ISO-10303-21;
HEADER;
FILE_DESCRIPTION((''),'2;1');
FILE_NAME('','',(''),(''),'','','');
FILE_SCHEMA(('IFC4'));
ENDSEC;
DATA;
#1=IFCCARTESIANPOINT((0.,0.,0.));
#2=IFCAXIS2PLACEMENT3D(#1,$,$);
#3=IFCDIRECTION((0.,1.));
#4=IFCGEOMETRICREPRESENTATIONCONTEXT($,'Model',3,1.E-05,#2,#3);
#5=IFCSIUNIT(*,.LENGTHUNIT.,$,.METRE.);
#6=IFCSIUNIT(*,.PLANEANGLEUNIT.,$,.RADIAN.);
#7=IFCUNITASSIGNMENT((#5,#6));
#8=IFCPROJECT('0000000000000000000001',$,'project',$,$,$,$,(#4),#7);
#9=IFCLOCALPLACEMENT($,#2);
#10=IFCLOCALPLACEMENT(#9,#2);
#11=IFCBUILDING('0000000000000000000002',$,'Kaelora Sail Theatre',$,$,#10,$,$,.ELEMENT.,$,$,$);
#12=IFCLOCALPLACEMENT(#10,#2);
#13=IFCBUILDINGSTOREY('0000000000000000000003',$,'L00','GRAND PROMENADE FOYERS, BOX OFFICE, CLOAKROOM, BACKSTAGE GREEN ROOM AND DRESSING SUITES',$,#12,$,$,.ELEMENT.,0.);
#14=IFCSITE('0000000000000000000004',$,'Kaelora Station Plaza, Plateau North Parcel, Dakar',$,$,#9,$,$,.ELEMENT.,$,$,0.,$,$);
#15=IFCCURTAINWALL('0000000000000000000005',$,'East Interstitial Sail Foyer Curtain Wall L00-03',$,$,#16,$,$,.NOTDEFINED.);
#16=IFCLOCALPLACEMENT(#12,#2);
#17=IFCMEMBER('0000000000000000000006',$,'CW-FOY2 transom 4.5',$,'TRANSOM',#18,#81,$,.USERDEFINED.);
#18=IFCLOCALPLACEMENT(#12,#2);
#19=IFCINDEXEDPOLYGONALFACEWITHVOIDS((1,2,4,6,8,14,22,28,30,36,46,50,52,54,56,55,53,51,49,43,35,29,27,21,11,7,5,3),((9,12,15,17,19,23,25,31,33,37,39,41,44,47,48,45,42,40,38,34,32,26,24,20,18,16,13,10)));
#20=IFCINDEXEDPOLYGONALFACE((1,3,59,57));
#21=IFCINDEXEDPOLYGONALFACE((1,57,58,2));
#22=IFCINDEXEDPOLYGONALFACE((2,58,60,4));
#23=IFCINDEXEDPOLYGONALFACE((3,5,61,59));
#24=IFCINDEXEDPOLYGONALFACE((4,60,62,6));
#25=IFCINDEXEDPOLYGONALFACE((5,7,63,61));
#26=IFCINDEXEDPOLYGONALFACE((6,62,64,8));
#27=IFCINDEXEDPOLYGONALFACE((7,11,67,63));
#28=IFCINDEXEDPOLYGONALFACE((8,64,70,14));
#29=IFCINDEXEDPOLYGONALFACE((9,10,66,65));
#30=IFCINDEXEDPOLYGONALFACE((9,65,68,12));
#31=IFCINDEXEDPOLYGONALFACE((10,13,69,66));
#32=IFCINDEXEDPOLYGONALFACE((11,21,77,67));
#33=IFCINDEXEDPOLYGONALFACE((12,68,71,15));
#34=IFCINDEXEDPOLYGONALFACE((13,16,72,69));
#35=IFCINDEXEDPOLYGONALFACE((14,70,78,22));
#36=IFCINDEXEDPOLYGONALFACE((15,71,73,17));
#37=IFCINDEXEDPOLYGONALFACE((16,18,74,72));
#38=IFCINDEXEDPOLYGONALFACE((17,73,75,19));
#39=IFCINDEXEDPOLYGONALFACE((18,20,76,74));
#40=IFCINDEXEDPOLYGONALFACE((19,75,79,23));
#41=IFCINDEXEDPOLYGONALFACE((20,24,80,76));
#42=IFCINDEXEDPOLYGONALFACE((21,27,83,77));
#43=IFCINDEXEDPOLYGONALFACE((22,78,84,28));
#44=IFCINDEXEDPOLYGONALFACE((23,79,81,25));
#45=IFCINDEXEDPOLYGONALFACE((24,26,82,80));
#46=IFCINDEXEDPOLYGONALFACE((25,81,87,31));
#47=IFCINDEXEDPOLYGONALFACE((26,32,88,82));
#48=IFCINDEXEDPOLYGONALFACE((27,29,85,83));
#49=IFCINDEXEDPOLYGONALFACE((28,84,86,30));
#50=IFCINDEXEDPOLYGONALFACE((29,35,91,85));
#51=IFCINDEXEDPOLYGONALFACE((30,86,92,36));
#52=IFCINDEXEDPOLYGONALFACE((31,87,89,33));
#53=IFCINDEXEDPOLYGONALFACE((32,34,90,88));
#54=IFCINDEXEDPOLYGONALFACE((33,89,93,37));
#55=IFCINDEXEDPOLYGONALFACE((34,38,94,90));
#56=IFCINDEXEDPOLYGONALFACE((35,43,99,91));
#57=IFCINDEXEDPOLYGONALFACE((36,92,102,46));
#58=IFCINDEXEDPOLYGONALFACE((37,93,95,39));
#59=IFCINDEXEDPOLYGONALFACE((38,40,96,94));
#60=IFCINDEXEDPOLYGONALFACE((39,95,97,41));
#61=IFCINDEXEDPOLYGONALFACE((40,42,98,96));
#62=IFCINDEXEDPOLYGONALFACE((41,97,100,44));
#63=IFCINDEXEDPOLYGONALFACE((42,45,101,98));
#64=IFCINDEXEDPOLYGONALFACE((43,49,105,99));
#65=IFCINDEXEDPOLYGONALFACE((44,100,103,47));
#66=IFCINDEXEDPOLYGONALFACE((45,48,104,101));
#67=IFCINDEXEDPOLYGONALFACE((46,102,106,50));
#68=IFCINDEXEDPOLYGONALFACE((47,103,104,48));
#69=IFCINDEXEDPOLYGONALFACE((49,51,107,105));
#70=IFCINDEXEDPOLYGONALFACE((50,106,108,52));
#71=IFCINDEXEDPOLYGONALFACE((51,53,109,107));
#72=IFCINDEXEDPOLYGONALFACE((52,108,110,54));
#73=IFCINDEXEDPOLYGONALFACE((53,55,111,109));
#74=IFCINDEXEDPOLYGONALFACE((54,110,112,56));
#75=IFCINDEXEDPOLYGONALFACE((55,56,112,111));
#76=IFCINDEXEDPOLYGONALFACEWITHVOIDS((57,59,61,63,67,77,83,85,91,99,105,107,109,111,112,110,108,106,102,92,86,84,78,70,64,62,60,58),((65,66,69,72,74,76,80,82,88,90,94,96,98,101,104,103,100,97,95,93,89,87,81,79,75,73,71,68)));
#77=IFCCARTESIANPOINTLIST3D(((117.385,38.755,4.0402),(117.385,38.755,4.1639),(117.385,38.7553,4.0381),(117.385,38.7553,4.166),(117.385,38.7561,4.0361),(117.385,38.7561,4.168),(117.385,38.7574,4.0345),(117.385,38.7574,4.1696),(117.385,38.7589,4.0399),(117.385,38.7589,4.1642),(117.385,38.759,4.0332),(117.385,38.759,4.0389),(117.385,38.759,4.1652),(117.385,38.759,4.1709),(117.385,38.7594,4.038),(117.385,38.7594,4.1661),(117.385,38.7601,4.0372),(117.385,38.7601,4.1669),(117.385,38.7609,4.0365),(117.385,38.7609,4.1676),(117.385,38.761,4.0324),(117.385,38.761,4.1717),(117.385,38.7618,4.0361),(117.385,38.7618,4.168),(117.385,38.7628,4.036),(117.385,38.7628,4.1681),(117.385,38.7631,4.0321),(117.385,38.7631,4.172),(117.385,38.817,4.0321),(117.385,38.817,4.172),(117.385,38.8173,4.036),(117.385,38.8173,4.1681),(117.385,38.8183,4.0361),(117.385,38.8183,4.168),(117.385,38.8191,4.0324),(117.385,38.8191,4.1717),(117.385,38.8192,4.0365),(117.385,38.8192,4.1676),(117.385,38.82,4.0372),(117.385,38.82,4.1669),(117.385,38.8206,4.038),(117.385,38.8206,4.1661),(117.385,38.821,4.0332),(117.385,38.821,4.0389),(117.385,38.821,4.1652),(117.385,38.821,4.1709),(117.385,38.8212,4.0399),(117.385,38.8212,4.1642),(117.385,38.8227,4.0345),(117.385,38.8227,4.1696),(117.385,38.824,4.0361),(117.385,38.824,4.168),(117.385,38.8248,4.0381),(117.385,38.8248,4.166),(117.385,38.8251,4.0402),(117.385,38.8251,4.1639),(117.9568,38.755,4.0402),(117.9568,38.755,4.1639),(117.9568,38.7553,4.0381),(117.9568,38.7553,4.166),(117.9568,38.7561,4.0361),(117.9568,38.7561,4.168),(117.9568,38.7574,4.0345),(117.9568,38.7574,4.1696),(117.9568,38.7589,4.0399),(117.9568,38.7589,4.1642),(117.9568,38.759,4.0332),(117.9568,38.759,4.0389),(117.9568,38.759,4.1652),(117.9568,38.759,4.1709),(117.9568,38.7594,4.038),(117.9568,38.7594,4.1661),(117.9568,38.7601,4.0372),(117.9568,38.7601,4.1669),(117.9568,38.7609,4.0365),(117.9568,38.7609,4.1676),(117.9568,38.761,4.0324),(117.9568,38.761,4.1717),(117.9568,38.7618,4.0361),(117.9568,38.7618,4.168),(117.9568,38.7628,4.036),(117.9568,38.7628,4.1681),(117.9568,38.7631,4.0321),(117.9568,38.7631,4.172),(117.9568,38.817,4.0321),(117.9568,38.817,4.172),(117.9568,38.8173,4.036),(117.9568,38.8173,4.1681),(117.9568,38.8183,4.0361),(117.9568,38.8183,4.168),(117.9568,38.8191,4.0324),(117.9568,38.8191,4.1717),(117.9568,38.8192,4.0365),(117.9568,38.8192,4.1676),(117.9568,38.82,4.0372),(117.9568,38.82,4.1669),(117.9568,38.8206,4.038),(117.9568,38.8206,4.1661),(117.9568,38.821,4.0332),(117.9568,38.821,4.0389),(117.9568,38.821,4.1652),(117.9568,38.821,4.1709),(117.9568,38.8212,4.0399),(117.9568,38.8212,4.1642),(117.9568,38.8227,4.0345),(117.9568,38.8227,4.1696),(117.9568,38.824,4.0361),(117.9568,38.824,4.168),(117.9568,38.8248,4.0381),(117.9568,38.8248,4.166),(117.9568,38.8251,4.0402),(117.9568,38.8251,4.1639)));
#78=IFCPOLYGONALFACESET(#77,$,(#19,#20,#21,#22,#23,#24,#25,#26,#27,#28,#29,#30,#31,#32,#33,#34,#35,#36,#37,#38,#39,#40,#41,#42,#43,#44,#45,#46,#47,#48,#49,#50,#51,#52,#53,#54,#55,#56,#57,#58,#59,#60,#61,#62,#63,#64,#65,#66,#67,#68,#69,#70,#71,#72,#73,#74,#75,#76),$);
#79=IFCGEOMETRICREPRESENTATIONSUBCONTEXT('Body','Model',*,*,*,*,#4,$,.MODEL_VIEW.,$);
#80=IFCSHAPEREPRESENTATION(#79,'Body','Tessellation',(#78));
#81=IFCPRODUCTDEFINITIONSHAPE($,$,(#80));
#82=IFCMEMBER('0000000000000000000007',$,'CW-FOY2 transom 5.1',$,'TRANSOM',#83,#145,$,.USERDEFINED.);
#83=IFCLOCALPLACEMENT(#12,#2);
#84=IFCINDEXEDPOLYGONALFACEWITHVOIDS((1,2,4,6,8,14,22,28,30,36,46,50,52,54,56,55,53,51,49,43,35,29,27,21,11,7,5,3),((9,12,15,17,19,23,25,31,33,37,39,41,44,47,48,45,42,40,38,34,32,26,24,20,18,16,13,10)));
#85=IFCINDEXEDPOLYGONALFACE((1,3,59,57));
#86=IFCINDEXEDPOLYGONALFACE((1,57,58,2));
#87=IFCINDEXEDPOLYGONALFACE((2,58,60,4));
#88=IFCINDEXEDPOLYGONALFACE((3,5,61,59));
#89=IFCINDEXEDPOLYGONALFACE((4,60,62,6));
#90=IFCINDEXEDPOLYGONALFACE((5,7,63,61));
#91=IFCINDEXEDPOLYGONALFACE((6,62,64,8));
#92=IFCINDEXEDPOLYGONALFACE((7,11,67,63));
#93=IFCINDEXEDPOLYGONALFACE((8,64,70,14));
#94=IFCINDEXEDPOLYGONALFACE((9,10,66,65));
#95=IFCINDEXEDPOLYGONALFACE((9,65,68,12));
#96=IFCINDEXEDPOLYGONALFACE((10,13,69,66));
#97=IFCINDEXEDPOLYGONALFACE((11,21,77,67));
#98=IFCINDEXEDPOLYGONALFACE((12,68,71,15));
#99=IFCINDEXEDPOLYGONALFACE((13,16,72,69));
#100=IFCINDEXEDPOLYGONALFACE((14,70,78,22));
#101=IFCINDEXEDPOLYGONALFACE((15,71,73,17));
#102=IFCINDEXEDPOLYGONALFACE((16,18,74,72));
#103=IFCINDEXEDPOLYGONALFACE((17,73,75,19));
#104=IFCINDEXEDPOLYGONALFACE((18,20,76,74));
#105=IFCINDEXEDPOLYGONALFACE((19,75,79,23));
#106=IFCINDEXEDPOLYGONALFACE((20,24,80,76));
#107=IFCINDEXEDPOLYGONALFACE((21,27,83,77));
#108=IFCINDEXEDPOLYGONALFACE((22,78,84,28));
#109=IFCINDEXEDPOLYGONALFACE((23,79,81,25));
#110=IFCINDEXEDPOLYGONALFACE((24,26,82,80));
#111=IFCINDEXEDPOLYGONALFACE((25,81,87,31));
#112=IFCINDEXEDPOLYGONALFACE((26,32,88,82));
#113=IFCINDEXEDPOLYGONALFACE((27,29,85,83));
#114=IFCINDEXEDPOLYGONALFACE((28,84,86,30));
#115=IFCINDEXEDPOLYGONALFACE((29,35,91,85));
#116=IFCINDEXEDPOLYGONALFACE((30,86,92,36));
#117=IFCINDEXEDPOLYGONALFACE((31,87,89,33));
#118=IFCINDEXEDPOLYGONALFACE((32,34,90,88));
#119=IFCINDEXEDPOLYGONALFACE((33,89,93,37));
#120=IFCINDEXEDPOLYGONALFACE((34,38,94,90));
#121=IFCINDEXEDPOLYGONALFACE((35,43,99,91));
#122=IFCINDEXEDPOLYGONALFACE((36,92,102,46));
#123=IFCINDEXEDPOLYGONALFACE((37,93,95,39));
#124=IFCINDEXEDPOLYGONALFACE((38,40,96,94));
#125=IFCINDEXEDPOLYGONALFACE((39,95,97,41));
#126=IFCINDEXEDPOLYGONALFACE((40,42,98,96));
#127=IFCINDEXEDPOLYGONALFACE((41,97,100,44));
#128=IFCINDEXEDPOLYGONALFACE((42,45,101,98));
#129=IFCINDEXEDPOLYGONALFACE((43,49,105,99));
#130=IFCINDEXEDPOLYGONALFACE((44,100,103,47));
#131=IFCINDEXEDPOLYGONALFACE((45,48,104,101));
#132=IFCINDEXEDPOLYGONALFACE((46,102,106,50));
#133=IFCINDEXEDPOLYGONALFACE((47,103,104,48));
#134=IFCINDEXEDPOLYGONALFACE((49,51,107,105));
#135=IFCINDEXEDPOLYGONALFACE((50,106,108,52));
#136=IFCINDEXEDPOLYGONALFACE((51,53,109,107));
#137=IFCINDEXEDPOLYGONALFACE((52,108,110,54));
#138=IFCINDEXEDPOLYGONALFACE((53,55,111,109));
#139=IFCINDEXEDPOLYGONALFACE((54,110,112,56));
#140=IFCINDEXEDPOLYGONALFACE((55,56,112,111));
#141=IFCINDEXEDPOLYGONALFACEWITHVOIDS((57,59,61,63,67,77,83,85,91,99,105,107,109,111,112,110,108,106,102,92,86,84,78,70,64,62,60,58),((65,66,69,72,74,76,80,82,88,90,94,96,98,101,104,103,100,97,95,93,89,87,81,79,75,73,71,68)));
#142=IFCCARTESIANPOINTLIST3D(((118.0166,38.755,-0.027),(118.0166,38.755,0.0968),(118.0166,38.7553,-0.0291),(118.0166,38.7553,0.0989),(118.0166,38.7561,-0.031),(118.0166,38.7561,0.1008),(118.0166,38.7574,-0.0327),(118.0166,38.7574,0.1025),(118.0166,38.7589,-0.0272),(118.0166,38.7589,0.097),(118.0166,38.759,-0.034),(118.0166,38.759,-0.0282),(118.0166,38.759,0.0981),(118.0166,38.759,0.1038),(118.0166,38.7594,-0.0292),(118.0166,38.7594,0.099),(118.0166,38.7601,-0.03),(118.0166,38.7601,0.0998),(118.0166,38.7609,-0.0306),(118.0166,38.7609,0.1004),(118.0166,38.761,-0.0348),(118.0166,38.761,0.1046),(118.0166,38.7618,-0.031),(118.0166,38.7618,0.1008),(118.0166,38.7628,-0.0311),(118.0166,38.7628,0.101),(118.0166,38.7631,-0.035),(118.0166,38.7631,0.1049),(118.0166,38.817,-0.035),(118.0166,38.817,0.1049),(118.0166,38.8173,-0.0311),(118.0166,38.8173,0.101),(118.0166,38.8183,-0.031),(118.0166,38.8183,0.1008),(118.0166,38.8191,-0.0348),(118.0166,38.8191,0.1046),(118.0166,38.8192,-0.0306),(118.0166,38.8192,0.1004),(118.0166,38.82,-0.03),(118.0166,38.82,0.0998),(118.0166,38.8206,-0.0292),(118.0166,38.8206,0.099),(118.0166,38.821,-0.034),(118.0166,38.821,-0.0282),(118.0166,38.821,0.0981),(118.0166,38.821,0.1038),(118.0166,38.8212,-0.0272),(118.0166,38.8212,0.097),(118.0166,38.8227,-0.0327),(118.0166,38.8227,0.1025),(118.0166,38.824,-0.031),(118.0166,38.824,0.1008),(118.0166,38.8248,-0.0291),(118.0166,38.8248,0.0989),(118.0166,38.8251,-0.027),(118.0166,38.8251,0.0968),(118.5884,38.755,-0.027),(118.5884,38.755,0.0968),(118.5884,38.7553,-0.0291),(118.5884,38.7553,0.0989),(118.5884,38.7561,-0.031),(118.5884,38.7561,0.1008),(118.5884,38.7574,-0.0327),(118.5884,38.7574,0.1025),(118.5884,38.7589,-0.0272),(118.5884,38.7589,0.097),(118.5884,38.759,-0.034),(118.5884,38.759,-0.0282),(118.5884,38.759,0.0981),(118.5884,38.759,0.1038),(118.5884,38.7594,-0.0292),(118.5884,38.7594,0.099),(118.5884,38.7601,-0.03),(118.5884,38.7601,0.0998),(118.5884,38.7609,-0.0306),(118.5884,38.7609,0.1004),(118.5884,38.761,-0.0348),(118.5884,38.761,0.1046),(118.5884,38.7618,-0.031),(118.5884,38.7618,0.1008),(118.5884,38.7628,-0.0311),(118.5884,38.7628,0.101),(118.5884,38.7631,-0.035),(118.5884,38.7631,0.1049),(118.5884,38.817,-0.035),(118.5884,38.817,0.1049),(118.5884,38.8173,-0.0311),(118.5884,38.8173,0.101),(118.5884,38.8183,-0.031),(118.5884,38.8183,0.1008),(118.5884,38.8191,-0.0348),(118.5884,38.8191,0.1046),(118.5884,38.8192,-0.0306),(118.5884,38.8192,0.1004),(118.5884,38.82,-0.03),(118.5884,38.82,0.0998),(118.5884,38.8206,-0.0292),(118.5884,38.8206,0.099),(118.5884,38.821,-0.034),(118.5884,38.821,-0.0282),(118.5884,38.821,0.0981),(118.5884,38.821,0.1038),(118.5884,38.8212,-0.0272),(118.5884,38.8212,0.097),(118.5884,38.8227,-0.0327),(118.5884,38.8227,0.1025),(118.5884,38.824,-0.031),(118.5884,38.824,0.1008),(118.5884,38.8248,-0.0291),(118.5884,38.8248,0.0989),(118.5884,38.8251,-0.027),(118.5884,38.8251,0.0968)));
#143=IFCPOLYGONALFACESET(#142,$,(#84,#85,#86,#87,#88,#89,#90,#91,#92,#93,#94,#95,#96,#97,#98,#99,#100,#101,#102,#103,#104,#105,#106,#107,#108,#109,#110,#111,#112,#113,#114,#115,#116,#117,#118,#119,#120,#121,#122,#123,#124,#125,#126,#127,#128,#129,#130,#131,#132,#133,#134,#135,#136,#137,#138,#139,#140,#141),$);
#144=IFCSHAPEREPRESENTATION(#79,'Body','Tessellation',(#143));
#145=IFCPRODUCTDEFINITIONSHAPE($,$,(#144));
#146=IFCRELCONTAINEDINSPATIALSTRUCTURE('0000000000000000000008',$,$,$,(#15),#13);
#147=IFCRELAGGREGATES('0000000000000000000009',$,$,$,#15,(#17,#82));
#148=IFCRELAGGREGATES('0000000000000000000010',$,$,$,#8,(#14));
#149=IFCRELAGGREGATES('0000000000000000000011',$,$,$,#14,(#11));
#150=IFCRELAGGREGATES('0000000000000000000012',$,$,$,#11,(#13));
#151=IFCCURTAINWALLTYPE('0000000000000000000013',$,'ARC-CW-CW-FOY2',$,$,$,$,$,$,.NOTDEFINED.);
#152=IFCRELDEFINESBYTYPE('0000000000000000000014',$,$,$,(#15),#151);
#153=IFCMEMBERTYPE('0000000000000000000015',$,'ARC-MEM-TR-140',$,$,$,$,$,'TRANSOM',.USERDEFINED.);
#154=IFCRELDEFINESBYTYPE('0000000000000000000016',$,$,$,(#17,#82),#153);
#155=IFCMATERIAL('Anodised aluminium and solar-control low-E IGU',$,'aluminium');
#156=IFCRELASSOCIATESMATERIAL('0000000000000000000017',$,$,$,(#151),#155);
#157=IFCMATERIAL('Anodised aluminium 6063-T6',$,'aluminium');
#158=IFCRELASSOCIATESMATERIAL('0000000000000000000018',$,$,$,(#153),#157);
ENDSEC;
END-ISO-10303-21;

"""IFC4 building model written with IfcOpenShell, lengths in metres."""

from ifc_helpers import new_model, si_unit, direction, frame, origin, origin_2d, place, context, subcontext, project, spatial, hollow_rectangle, extrude, material, material_profile, profile_set, type_object, element, aggregate, save


model = new_model("IFC4")

# Units and contexts
model_context = context("Model", 3, precision=1e-05, world=origin(), true_north=direction((0.0, 1.0)))
body_context = subcontext(model_context, "Body", "Model", "MODEL_VIEW")
ifc_project = project(units=[si_unit("LENGTHUNIT", "METRE"), si_unit("PLANEANGLEUNIT", "RADIAN")], contexts=[model_context])

# Site, building, storey
site_placement = place(None, origin())
site = spatial("IfcSite", under=ifc_project, at=site_placement, Name="Kaelora Station Plaza, Plateau North Parcel, Dakar", CompositionType="ELEMENT", RefElevation=0.0)
building_placement = place(site_placement, origin())
building = spatial("IfcBuilding", under=site, at=building_placement, Name="Kaelora Sail Theatre", CompositionType="ELEMENT")
storey_placement = place(building_placement, origin())
storey = spatial("IfcBuildingStorey", under=building, at=storey_placement, Name="L00", Description="GRAND PROMENADE FOYERS, BOX OFFICE, CLOAKROOM, BACKSTAGE GREEN ROOM AND DRESSING SUITES", CompositionType="ELEMENT", Elevation=0.0)

# Curtain wall, members
ifc_material_1 = material(Name="Anodised aluminium and solar-control low-E IGU", Category="aluminium")
curtain_wall_type = type_object("IfcCurtainWallType", Name="ARC-CW-CW-FOY2", PredefinedType="NOTDEFINED", material=ifc_material_1)
curtain_wall_placement = place(storey_placement, origin())
curtain_wall = element("IfcCurtainWall", 1, at=curtain_wall_placement, inside=storey, type_object=curtain_wall_type, Name="East Interstitial Sail Foyer Curtain Wall L00-03", PredefinedType="NOTDEFINED")
ifc_material_2 = material(Name="Anodised aluminium 6063-T6", Category="aluminium")
ifc_material_profile_1 = material_profile(ifc_material_2, hollow_rectangle(XDim=0.0701, YDim=0.1399, WallThickness=0.0039, InnerFilletRadius=0.0039, OuterFilletRadius=0.0081, at=origin_2d()), Name="ALU-TRAN 70x140x4")
ifc_profile_set_1 = profile_set([ifc_material_profile_1], Name="Anodised aluminium 6063-T6")
member_type_1 = type_object("IfcMemberType", Name="ARC-MEM-TR-140", ElementType="TRANSOM", PredefinedType="USERDEFINED", material=ifc_profile_set_1)
member_1_placement = place(storey_placement, frame((117.385, 38.79, 4.1021), z_axis=(1.0, 0.0, 0.0), x_axis=(0.0, 1.0, 0.0)))
member_1 = element("IfcMember", 2, at=member_1_placement, type_object=member_type_1, Name="CW-FOY2 transom 4.5", ObjectType="TRANSOM", PredefinedType="USERDEFINED", context=body_context, shape_type="SweptSolid", body=[
    extrude(hollow_rectangle(XDim=0.0701, YDim=0.1399, WallThickness=0.0039, InnerFilletRadius=0.0039, OuterFilletRadius=0.0081, at=origin_2d()), origin(), (0.0, 0.0, 1.0), 0.5718),
])
member_2_placement = place(storey_placement, frame((118.0166, 38.79, 0.0349), z_axis=(1.0, 0.0, 0.0), x_axis=(0.0, 1.0, 0.0)))
member_2 = element("IfcMember", 3, at=member_2_placement, type_object=member_type_1, Name="CW-FOY2 transom 5.1", ObjectType="TRANSOM", PredefinedType="USERDEFINED", context=body_context, shape_type="SweptSolid", body=[
    extrude(hollow_rectangle(XDim=0.0701, YDim=0.1399, WallThickness=0.0039, InnerFilletRadius=0.0039, OuterFilletRadius=0.0081, at=origin_2d()), origin(), (0.0, 0.0, 1.0), 0.5718),
])
aggregate(curtain_wall, [member_1, member_2])

save(model, "model.ifc")
